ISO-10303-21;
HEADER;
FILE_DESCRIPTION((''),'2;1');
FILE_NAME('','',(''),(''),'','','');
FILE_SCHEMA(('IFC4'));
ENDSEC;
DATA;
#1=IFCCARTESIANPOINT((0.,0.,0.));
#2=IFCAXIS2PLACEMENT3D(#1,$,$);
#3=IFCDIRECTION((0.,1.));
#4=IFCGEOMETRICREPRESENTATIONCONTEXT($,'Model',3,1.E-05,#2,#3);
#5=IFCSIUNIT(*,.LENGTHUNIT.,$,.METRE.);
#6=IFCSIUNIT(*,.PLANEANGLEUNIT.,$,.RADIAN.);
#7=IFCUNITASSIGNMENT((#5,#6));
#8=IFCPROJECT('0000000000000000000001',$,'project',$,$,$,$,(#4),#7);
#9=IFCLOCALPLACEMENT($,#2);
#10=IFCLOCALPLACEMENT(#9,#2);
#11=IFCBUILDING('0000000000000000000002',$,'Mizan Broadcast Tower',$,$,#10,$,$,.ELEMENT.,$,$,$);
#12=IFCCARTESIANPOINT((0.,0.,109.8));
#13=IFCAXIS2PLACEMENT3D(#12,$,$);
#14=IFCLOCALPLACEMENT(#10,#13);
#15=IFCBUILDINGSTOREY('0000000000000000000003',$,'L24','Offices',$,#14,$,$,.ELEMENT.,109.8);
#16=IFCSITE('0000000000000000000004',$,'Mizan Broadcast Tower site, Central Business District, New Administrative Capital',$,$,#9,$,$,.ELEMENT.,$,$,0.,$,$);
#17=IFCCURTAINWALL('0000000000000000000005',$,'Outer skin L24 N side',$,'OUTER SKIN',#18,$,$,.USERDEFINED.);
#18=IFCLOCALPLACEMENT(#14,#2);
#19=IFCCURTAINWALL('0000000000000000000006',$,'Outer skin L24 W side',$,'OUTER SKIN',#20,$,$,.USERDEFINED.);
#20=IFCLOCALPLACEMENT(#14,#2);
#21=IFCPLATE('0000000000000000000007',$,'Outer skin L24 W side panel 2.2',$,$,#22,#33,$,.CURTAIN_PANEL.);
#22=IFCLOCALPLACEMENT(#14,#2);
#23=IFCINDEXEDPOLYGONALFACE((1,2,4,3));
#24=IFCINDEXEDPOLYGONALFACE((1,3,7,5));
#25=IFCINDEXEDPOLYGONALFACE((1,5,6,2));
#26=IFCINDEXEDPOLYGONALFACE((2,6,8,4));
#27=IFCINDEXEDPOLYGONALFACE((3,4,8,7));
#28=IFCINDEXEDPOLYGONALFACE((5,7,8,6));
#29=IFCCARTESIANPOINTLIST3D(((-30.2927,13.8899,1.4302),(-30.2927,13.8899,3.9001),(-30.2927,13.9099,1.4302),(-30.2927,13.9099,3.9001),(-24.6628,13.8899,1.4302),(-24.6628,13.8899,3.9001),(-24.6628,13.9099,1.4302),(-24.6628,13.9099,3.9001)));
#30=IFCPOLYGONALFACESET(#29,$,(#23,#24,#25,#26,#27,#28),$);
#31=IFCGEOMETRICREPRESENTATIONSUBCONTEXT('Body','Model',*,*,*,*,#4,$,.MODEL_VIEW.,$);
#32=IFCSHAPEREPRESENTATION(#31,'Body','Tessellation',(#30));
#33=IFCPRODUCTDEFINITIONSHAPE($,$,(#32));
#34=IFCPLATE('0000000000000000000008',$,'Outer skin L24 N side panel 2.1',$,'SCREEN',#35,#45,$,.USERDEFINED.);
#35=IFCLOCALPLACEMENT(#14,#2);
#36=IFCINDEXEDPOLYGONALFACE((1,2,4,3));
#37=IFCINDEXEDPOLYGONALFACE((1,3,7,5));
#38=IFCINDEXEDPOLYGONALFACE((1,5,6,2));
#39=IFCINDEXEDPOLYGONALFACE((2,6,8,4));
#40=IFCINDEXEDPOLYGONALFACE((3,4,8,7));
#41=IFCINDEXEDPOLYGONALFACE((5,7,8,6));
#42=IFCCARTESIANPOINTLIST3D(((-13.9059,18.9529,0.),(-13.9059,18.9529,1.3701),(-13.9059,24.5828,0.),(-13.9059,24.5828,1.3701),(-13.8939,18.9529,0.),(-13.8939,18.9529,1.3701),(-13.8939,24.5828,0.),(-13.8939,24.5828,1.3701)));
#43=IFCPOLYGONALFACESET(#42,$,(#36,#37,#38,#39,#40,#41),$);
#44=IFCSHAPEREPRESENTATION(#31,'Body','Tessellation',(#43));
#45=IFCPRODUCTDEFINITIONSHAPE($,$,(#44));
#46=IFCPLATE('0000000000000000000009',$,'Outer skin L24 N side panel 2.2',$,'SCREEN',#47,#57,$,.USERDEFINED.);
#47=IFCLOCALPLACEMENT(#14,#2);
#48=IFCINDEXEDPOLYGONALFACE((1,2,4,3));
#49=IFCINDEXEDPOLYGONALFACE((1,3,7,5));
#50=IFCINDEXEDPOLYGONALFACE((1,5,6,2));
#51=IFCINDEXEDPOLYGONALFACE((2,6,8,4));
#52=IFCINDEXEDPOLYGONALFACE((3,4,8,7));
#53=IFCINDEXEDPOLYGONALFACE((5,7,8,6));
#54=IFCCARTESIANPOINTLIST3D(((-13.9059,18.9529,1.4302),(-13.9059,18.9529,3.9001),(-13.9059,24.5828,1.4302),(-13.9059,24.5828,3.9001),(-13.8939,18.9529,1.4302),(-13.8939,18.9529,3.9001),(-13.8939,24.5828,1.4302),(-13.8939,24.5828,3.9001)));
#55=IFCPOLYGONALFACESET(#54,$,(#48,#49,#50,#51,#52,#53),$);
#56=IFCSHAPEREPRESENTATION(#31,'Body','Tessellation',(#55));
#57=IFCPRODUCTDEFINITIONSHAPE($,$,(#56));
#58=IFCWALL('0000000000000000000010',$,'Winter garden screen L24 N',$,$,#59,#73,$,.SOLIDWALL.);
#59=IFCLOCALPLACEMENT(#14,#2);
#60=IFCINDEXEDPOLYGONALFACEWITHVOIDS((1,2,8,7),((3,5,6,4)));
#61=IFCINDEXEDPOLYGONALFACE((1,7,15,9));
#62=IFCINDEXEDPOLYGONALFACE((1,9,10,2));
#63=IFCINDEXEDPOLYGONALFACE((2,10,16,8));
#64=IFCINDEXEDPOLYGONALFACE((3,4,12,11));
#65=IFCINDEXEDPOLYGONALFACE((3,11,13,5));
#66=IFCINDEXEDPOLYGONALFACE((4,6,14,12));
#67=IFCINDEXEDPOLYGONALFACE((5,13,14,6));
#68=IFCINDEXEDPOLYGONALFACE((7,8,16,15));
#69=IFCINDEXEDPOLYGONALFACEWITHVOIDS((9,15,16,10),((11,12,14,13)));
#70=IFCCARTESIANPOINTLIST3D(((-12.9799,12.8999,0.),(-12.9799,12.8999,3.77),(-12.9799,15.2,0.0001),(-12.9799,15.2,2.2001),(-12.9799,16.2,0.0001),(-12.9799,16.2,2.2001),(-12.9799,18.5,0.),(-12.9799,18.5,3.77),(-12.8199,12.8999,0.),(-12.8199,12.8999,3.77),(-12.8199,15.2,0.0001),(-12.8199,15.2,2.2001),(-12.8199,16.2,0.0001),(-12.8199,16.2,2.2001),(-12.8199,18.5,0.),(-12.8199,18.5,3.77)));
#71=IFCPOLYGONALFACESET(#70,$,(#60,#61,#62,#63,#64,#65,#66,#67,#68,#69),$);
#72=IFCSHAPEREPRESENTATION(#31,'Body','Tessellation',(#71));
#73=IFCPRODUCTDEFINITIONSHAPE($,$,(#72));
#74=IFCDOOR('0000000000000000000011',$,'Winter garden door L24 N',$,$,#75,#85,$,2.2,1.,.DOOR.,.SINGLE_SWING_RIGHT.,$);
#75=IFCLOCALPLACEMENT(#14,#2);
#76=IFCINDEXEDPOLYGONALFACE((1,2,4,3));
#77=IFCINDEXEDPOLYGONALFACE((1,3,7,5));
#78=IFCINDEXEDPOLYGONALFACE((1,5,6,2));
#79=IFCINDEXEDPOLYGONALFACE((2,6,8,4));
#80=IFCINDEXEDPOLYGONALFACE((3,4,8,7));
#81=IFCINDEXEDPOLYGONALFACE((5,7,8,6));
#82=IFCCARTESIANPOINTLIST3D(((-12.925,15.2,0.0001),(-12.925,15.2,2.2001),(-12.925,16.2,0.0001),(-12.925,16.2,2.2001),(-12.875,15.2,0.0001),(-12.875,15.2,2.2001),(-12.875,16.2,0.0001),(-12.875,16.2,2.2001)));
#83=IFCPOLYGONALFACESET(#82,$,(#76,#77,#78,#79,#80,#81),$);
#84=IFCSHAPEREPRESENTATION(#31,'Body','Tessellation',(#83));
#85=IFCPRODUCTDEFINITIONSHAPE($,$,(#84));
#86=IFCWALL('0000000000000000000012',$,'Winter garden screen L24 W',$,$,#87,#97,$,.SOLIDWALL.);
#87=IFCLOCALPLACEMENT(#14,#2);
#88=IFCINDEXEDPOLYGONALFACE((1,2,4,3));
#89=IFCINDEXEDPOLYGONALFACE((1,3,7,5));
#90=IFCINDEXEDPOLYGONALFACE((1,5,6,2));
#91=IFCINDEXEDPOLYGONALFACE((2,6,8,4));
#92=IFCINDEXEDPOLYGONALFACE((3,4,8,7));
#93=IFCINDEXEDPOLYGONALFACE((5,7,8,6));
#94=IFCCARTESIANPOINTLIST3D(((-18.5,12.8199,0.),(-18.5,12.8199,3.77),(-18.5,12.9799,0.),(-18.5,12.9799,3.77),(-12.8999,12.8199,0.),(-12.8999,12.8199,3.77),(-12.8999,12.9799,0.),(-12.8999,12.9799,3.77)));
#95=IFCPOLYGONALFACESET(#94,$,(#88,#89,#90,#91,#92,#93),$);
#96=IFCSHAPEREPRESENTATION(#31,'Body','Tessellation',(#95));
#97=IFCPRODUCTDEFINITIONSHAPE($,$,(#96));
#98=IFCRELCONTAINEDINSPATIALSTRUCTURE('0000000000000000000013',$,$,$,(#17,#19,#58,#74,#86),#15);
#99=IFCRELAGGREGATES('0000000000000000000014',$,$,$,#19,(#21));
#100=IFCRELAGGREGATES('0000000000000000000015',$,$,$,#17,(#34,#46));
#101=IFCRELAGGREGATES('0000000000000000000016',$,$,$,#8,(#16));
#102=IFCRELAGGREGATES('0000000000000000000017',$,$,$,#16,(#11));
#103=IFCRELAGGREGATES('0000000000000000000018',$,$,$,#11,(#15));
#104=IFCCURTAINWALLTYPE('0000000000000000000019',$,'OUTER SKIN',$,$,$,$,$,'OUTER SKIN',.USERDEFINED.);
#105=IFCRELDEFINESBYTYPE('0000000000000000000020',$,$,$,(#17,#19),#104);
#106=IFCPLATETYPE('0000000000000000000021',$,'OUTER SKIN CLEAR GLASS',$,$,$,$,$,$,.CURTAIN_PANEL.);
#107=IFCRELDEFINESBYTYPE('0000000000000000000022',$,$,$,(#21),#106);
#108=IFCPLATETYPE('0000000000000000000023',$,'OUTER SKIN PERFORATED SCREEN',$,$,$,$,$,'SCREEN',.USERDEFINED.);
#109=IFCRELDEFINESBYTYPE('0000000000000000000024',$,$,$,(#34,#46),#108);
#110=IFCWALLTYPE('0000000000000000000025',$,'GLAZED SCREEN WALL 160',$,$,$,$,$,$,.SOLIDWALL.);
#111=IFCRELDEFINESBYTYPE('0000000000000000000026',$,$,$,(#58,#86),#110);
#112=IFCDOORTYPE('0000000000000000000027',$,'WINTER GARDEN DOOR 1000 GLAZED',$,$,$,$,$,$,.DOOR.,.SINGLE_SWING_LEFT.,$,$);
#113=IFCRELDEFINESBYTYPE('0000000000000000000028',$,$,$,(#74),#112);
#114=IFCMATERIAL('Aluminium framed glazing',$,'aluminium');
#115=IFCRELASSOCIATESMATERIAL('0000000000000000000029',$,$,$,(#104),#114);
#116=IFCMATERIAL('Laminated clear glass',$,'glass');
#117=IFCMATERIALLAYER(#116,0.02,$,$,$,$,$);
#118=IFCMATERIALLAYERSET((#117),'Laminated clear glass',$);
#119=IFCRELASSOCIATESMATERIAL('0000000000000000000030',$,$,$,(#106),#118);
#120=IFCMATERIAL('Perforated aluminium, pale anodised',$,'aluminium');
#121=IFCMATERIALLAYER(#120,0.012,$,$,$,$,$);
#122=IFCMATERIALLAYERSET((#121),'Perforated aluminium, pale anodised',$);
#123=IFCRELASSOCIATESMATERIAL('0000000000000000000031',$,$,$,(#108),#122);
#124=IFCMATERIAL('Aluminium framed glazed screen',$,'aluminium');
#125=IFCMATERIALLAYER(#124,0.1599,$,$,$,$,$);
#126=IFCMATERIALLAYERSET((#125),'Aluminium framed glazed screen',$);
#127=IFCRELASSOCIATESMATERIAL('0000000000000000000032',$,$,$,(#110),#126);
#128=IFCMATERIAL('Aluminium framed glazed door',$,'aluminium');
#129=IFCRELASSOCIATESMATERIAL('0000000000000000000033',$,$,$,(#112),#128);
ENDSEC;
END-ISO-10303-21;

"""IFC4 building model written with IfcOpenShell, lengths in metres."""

from ifc_helpers import new_model, si_unit, direction, frame, frame_2d, origin, origin_2d, place, context, subcontext, project, spatial, rectangle, extrude, material, layer, layer_set, type_object, element, fill, aggregate, save


model = new_model("IFC4")

# Units and contexts
model_context = context("Model", 3, precision=1e-05, world=origin(), true_north=direction((0.0, 1.0)))
body_context = subcontext(model_context, "Body", "Model", "MODEL_VIEW")
ifc_project = project(units=[si_unit("LENGTHUNIT", "METRE"), si_unit("PLANEANGLEUNIT", "RADIAN")], contexts=[model_context])

# Site, building, storey
site_placement = place(None, origin())
site = spatial("IfcSite", under=ifc_project, at=site_placement, Name="Mizan Broadcast Tower site, Central Business District, New Administrative Capital", CompositionType="ELEMENT", RefElevation=0.0)
building_placement = place(site_placement, origin())
building = spatial("IfcBuilding", under=site, at=building_placement, Name="Mizan Broadcast Tower", CompositionType="ELEMENT")
storey_placement = place(building_placement, frame((0.0, 0.0, 109.8)))
storey = spatial("IfcBuildingStorey", under=building, at=storey_placement, Name="L24", Description="Offices", CompositionType="ELEMENT", Elevation=109.8)

# Shared definitions
ifc_material_1 = material(Name="Aluminium framed glazing", Category="aluminium")
curtain_wall_type_1 = type_object("IfcCurtainWallType", Name="OUTER SKIN", ElementType="OUTER SKIN", PredefinedType="USERDEFINED", material=ifc_material_1)

# Curtain wall
curtain_wall_1_placement = place(storey_placement, origin())
curtain_wall_1 = element("IfcCurtainWall", 1, at=curtain_wall_1_placement, inside=storey, type_object=curtain_wall_type_1, Name="Outer skin L24 N side", ObjectType="OUTER SKIN", PredefinedType="USERDEFINED")

# Curtain wall
curtain_wall_2_placement = place(storey_placement, origin())
curtain_wall_2 = element("IfcCurtainWall", 2, at=curtain_wall_2_placement, inside=storey, type_object=curtain_wall_type_1, Name="Outer skin L24 W side", ObjectType="OUTER SKIN", PredefinedType="USERDEFINED")

# Plates
ifc_material_2 = material(Name="Laminated clear glass", Category="glass")
ifc_layer_1 = layer(ifc_material_2, 0.02)
ifc_layer_set_1 = layer_set([ifc_layer_1], Name="Laminated clear glass")
plate_type_1 = type_object("IfcPlateType", Name="OUTER SKIN CLEAR GLASS", PredefinedType="CURTAIN_PANEL", material=ifc_layer_set_1)
plate_1_placement = place(storey_placement, frame((-27.4778, 13.8999, 1.4302), z_axis=(0.0, 0.0, 1.0), x_axis=(-1.0, 0.0, 0.0)))
plate_1 = element("IfcPlate", 3, at=plate_1_placement, type_object=plate_type_1, Name="Outer skin L24 W side panel 2.2", PredefinedType="CURTAIN_PANEL", context=body_context, shape_type="SweptSolid", body=[
    extrude(rectangle(XDim=5.6299, YDim=0.02, at=origin_2d()), origin(), (0.0, 0.0, 1.0), 2.47),
])
aggregate(curtain_wall_2, [plate_1])
ifc_material_3 = material(Name="Perforated aluminium, pale anodised", Category="aluminium")
ifc_layer_2 = layer(ifc_material_3, 0.012)
ifc_layer_set_2 = layer_set([ifc_layer_2], Name="Perforated aluminium, pale anodised")
plate_type_2 = type_object("IfcPlateType", Name="OUTER SKIN PERFORATED SCREEN", ElementType="SCREEN", PredefinedType="USERDEFINED", material=ifc_layer_set_2)
plate_2_placement = place(storey_placement, frame((-13.8999, 21.7678, 0.0), z_axis=(0.0, 0.0, 1.0), x_axis=(0.0, -1.0, 0.0)))
plate_2 = element("IfcPlate", 4, at=plate_2_placement, type_object=plate_type_2, Name="Outer skin L24 N side panel 2.1", ObjectType="SCREEN", PredefinedType="USERDEFINED", context=body_context, shape_type="SweptSolid", body=[
    extrude(rectangle(XDim=5.6299, YDim=0.012, at=origin_2d()), origin(), (0.0, 0.0, 1.0), 1.3701),
])
plate_3_placement = place(storey_placement, frame((-13.8999, 21.7678, 1.4302), z_axis=(0.0, 0.0, 1.0), x_axis=(0.0, -1.0, 0.0)))
plate_3 = element("IfcPlate", 5, at=plate_3_placement, type_object=plate_type_2, Name="Outer skin L24 N side panel 2.2", ObjectType="SCREEN", PredefinedType="USERDEFINED", context=body_context, shape_type="SweptSolid", body=[
    extrude(rectangle(XDim=5.6299, YDim=0.012, at=origin_2d()), origin(), (0.0, 0.0, 1.0), 2.47),
])
aggregate(curtain_wall_1, [plate_2, plate_3])

# Wall, opening, door
ifc_material_4 = material(Name="Aluminium framed glazed screen", Category="aluminium")
ifc_layer_3 = layer(ifc_material_4, 0.1599)
ifc_layer_set_3 = layer_set([ifc_layer_3], Name="Aluminium framed glazed screen")
wall_type = type_object("IfcWallType", Name="GLAZED SCREEN WALL 160", PredefinedType="SOLIDWALL", material=ifc_layer_set_3)
wall_1_placement = place(storey_placement, frame((-12.8999, 18.5, 0.0), z_axis=(0.0, 0.0, 1.0), x_axis=(0.0, -1.0, 0.0)))
wall_1 = element("IfcWall", 6, at=wall_1_placement, inside=storey, type_object=wall_type, Name="Winter garden screen L24 N", PredefinedType="SOLIDWALL", context=body_context, shape_type="SweptSolid", body=[
    extrude(rectangle(XDim=5.6001, YDim=0.1599, at=frame_2d((2.8, 0.0))), origin(), (0.0, 0.0, 1.0), 3.77),
])
opening_placement = place(wall_1_placement, frame((2.3, 0.0, 0.0)))
opening = element("IfcOpeningElement", 7, at=opening_placement, cuts=wall_1, PredefinedType="OPENING", context=body_context, shape_type="SweptSolid", body=[
    extrude(rectangle(XDim=1.0, YDim=2.2, at=frame_2d((0.5, 1.1001))), frame((0.0, 0.0898, 0.0), z_axis=(0.0, -1.0, 0.0), x_axis=(1.0, 0.0, 0.0)), (0.0, 0.0, 1.0), 0.1799),
])
ifc_material_5 = material(Name="Aluminium framed glazed door", Category="aluminium")
door_type = type_object("IfcDoorType", Name="WINTER GARDEN DOOR 1000 GLAZED", OperationType="SINGLE_SWING_LEFT", PredefinedType="DOOR", material=ifc_material_5)
door_placement = place(opening_placement, origin())
door = element("IfcDoor", 8, at=door_placement, inside=storey, type_object=door_type, Name="Winter garden door L24 N", OperationType="SINGLE_SWING_RIGHT", OverallHeight=2.2, OverallWidth=1.0, PredefinedType="DOOR", context=body_context, shape_type="SweptSolid", body=[
    extrude(rectangle(XDim=1.0, YDim=2.2, at=frame_2d((0.5, 1.1001))), frame((0.0, 0.0249, 0.0), z_axis=(0.0, -1.0, 0.0), x_axis=(1.0, 0.0, 0.0)), (0.0, 0.0, 1.0), 0.05),
])
fill(opening, door)

# Wall
wall_2_placement = place(storey_placement, frame((-12.8999, 12.8999, 0.0), z_axis=(0.0, 0.0, 1.0), x_axis=(-1.0, 0.0, 0.0)))
element("IfcWall", 9, at=wall_2_placement, inside=storey, type_object=wall_type, Name="Winter garden screen L24 W", PredefinedType="SOLIDWALL", context=body_context, shape_type="SweptSolid", body=[
    extrude(rectangle(XDim=5.6001, YDim=0.1599, at=frame_2d((2.8, 0.0))), origin(), (0.0, 0.0, 1.0), 3.77),
])

save(model, "model.ifc")
